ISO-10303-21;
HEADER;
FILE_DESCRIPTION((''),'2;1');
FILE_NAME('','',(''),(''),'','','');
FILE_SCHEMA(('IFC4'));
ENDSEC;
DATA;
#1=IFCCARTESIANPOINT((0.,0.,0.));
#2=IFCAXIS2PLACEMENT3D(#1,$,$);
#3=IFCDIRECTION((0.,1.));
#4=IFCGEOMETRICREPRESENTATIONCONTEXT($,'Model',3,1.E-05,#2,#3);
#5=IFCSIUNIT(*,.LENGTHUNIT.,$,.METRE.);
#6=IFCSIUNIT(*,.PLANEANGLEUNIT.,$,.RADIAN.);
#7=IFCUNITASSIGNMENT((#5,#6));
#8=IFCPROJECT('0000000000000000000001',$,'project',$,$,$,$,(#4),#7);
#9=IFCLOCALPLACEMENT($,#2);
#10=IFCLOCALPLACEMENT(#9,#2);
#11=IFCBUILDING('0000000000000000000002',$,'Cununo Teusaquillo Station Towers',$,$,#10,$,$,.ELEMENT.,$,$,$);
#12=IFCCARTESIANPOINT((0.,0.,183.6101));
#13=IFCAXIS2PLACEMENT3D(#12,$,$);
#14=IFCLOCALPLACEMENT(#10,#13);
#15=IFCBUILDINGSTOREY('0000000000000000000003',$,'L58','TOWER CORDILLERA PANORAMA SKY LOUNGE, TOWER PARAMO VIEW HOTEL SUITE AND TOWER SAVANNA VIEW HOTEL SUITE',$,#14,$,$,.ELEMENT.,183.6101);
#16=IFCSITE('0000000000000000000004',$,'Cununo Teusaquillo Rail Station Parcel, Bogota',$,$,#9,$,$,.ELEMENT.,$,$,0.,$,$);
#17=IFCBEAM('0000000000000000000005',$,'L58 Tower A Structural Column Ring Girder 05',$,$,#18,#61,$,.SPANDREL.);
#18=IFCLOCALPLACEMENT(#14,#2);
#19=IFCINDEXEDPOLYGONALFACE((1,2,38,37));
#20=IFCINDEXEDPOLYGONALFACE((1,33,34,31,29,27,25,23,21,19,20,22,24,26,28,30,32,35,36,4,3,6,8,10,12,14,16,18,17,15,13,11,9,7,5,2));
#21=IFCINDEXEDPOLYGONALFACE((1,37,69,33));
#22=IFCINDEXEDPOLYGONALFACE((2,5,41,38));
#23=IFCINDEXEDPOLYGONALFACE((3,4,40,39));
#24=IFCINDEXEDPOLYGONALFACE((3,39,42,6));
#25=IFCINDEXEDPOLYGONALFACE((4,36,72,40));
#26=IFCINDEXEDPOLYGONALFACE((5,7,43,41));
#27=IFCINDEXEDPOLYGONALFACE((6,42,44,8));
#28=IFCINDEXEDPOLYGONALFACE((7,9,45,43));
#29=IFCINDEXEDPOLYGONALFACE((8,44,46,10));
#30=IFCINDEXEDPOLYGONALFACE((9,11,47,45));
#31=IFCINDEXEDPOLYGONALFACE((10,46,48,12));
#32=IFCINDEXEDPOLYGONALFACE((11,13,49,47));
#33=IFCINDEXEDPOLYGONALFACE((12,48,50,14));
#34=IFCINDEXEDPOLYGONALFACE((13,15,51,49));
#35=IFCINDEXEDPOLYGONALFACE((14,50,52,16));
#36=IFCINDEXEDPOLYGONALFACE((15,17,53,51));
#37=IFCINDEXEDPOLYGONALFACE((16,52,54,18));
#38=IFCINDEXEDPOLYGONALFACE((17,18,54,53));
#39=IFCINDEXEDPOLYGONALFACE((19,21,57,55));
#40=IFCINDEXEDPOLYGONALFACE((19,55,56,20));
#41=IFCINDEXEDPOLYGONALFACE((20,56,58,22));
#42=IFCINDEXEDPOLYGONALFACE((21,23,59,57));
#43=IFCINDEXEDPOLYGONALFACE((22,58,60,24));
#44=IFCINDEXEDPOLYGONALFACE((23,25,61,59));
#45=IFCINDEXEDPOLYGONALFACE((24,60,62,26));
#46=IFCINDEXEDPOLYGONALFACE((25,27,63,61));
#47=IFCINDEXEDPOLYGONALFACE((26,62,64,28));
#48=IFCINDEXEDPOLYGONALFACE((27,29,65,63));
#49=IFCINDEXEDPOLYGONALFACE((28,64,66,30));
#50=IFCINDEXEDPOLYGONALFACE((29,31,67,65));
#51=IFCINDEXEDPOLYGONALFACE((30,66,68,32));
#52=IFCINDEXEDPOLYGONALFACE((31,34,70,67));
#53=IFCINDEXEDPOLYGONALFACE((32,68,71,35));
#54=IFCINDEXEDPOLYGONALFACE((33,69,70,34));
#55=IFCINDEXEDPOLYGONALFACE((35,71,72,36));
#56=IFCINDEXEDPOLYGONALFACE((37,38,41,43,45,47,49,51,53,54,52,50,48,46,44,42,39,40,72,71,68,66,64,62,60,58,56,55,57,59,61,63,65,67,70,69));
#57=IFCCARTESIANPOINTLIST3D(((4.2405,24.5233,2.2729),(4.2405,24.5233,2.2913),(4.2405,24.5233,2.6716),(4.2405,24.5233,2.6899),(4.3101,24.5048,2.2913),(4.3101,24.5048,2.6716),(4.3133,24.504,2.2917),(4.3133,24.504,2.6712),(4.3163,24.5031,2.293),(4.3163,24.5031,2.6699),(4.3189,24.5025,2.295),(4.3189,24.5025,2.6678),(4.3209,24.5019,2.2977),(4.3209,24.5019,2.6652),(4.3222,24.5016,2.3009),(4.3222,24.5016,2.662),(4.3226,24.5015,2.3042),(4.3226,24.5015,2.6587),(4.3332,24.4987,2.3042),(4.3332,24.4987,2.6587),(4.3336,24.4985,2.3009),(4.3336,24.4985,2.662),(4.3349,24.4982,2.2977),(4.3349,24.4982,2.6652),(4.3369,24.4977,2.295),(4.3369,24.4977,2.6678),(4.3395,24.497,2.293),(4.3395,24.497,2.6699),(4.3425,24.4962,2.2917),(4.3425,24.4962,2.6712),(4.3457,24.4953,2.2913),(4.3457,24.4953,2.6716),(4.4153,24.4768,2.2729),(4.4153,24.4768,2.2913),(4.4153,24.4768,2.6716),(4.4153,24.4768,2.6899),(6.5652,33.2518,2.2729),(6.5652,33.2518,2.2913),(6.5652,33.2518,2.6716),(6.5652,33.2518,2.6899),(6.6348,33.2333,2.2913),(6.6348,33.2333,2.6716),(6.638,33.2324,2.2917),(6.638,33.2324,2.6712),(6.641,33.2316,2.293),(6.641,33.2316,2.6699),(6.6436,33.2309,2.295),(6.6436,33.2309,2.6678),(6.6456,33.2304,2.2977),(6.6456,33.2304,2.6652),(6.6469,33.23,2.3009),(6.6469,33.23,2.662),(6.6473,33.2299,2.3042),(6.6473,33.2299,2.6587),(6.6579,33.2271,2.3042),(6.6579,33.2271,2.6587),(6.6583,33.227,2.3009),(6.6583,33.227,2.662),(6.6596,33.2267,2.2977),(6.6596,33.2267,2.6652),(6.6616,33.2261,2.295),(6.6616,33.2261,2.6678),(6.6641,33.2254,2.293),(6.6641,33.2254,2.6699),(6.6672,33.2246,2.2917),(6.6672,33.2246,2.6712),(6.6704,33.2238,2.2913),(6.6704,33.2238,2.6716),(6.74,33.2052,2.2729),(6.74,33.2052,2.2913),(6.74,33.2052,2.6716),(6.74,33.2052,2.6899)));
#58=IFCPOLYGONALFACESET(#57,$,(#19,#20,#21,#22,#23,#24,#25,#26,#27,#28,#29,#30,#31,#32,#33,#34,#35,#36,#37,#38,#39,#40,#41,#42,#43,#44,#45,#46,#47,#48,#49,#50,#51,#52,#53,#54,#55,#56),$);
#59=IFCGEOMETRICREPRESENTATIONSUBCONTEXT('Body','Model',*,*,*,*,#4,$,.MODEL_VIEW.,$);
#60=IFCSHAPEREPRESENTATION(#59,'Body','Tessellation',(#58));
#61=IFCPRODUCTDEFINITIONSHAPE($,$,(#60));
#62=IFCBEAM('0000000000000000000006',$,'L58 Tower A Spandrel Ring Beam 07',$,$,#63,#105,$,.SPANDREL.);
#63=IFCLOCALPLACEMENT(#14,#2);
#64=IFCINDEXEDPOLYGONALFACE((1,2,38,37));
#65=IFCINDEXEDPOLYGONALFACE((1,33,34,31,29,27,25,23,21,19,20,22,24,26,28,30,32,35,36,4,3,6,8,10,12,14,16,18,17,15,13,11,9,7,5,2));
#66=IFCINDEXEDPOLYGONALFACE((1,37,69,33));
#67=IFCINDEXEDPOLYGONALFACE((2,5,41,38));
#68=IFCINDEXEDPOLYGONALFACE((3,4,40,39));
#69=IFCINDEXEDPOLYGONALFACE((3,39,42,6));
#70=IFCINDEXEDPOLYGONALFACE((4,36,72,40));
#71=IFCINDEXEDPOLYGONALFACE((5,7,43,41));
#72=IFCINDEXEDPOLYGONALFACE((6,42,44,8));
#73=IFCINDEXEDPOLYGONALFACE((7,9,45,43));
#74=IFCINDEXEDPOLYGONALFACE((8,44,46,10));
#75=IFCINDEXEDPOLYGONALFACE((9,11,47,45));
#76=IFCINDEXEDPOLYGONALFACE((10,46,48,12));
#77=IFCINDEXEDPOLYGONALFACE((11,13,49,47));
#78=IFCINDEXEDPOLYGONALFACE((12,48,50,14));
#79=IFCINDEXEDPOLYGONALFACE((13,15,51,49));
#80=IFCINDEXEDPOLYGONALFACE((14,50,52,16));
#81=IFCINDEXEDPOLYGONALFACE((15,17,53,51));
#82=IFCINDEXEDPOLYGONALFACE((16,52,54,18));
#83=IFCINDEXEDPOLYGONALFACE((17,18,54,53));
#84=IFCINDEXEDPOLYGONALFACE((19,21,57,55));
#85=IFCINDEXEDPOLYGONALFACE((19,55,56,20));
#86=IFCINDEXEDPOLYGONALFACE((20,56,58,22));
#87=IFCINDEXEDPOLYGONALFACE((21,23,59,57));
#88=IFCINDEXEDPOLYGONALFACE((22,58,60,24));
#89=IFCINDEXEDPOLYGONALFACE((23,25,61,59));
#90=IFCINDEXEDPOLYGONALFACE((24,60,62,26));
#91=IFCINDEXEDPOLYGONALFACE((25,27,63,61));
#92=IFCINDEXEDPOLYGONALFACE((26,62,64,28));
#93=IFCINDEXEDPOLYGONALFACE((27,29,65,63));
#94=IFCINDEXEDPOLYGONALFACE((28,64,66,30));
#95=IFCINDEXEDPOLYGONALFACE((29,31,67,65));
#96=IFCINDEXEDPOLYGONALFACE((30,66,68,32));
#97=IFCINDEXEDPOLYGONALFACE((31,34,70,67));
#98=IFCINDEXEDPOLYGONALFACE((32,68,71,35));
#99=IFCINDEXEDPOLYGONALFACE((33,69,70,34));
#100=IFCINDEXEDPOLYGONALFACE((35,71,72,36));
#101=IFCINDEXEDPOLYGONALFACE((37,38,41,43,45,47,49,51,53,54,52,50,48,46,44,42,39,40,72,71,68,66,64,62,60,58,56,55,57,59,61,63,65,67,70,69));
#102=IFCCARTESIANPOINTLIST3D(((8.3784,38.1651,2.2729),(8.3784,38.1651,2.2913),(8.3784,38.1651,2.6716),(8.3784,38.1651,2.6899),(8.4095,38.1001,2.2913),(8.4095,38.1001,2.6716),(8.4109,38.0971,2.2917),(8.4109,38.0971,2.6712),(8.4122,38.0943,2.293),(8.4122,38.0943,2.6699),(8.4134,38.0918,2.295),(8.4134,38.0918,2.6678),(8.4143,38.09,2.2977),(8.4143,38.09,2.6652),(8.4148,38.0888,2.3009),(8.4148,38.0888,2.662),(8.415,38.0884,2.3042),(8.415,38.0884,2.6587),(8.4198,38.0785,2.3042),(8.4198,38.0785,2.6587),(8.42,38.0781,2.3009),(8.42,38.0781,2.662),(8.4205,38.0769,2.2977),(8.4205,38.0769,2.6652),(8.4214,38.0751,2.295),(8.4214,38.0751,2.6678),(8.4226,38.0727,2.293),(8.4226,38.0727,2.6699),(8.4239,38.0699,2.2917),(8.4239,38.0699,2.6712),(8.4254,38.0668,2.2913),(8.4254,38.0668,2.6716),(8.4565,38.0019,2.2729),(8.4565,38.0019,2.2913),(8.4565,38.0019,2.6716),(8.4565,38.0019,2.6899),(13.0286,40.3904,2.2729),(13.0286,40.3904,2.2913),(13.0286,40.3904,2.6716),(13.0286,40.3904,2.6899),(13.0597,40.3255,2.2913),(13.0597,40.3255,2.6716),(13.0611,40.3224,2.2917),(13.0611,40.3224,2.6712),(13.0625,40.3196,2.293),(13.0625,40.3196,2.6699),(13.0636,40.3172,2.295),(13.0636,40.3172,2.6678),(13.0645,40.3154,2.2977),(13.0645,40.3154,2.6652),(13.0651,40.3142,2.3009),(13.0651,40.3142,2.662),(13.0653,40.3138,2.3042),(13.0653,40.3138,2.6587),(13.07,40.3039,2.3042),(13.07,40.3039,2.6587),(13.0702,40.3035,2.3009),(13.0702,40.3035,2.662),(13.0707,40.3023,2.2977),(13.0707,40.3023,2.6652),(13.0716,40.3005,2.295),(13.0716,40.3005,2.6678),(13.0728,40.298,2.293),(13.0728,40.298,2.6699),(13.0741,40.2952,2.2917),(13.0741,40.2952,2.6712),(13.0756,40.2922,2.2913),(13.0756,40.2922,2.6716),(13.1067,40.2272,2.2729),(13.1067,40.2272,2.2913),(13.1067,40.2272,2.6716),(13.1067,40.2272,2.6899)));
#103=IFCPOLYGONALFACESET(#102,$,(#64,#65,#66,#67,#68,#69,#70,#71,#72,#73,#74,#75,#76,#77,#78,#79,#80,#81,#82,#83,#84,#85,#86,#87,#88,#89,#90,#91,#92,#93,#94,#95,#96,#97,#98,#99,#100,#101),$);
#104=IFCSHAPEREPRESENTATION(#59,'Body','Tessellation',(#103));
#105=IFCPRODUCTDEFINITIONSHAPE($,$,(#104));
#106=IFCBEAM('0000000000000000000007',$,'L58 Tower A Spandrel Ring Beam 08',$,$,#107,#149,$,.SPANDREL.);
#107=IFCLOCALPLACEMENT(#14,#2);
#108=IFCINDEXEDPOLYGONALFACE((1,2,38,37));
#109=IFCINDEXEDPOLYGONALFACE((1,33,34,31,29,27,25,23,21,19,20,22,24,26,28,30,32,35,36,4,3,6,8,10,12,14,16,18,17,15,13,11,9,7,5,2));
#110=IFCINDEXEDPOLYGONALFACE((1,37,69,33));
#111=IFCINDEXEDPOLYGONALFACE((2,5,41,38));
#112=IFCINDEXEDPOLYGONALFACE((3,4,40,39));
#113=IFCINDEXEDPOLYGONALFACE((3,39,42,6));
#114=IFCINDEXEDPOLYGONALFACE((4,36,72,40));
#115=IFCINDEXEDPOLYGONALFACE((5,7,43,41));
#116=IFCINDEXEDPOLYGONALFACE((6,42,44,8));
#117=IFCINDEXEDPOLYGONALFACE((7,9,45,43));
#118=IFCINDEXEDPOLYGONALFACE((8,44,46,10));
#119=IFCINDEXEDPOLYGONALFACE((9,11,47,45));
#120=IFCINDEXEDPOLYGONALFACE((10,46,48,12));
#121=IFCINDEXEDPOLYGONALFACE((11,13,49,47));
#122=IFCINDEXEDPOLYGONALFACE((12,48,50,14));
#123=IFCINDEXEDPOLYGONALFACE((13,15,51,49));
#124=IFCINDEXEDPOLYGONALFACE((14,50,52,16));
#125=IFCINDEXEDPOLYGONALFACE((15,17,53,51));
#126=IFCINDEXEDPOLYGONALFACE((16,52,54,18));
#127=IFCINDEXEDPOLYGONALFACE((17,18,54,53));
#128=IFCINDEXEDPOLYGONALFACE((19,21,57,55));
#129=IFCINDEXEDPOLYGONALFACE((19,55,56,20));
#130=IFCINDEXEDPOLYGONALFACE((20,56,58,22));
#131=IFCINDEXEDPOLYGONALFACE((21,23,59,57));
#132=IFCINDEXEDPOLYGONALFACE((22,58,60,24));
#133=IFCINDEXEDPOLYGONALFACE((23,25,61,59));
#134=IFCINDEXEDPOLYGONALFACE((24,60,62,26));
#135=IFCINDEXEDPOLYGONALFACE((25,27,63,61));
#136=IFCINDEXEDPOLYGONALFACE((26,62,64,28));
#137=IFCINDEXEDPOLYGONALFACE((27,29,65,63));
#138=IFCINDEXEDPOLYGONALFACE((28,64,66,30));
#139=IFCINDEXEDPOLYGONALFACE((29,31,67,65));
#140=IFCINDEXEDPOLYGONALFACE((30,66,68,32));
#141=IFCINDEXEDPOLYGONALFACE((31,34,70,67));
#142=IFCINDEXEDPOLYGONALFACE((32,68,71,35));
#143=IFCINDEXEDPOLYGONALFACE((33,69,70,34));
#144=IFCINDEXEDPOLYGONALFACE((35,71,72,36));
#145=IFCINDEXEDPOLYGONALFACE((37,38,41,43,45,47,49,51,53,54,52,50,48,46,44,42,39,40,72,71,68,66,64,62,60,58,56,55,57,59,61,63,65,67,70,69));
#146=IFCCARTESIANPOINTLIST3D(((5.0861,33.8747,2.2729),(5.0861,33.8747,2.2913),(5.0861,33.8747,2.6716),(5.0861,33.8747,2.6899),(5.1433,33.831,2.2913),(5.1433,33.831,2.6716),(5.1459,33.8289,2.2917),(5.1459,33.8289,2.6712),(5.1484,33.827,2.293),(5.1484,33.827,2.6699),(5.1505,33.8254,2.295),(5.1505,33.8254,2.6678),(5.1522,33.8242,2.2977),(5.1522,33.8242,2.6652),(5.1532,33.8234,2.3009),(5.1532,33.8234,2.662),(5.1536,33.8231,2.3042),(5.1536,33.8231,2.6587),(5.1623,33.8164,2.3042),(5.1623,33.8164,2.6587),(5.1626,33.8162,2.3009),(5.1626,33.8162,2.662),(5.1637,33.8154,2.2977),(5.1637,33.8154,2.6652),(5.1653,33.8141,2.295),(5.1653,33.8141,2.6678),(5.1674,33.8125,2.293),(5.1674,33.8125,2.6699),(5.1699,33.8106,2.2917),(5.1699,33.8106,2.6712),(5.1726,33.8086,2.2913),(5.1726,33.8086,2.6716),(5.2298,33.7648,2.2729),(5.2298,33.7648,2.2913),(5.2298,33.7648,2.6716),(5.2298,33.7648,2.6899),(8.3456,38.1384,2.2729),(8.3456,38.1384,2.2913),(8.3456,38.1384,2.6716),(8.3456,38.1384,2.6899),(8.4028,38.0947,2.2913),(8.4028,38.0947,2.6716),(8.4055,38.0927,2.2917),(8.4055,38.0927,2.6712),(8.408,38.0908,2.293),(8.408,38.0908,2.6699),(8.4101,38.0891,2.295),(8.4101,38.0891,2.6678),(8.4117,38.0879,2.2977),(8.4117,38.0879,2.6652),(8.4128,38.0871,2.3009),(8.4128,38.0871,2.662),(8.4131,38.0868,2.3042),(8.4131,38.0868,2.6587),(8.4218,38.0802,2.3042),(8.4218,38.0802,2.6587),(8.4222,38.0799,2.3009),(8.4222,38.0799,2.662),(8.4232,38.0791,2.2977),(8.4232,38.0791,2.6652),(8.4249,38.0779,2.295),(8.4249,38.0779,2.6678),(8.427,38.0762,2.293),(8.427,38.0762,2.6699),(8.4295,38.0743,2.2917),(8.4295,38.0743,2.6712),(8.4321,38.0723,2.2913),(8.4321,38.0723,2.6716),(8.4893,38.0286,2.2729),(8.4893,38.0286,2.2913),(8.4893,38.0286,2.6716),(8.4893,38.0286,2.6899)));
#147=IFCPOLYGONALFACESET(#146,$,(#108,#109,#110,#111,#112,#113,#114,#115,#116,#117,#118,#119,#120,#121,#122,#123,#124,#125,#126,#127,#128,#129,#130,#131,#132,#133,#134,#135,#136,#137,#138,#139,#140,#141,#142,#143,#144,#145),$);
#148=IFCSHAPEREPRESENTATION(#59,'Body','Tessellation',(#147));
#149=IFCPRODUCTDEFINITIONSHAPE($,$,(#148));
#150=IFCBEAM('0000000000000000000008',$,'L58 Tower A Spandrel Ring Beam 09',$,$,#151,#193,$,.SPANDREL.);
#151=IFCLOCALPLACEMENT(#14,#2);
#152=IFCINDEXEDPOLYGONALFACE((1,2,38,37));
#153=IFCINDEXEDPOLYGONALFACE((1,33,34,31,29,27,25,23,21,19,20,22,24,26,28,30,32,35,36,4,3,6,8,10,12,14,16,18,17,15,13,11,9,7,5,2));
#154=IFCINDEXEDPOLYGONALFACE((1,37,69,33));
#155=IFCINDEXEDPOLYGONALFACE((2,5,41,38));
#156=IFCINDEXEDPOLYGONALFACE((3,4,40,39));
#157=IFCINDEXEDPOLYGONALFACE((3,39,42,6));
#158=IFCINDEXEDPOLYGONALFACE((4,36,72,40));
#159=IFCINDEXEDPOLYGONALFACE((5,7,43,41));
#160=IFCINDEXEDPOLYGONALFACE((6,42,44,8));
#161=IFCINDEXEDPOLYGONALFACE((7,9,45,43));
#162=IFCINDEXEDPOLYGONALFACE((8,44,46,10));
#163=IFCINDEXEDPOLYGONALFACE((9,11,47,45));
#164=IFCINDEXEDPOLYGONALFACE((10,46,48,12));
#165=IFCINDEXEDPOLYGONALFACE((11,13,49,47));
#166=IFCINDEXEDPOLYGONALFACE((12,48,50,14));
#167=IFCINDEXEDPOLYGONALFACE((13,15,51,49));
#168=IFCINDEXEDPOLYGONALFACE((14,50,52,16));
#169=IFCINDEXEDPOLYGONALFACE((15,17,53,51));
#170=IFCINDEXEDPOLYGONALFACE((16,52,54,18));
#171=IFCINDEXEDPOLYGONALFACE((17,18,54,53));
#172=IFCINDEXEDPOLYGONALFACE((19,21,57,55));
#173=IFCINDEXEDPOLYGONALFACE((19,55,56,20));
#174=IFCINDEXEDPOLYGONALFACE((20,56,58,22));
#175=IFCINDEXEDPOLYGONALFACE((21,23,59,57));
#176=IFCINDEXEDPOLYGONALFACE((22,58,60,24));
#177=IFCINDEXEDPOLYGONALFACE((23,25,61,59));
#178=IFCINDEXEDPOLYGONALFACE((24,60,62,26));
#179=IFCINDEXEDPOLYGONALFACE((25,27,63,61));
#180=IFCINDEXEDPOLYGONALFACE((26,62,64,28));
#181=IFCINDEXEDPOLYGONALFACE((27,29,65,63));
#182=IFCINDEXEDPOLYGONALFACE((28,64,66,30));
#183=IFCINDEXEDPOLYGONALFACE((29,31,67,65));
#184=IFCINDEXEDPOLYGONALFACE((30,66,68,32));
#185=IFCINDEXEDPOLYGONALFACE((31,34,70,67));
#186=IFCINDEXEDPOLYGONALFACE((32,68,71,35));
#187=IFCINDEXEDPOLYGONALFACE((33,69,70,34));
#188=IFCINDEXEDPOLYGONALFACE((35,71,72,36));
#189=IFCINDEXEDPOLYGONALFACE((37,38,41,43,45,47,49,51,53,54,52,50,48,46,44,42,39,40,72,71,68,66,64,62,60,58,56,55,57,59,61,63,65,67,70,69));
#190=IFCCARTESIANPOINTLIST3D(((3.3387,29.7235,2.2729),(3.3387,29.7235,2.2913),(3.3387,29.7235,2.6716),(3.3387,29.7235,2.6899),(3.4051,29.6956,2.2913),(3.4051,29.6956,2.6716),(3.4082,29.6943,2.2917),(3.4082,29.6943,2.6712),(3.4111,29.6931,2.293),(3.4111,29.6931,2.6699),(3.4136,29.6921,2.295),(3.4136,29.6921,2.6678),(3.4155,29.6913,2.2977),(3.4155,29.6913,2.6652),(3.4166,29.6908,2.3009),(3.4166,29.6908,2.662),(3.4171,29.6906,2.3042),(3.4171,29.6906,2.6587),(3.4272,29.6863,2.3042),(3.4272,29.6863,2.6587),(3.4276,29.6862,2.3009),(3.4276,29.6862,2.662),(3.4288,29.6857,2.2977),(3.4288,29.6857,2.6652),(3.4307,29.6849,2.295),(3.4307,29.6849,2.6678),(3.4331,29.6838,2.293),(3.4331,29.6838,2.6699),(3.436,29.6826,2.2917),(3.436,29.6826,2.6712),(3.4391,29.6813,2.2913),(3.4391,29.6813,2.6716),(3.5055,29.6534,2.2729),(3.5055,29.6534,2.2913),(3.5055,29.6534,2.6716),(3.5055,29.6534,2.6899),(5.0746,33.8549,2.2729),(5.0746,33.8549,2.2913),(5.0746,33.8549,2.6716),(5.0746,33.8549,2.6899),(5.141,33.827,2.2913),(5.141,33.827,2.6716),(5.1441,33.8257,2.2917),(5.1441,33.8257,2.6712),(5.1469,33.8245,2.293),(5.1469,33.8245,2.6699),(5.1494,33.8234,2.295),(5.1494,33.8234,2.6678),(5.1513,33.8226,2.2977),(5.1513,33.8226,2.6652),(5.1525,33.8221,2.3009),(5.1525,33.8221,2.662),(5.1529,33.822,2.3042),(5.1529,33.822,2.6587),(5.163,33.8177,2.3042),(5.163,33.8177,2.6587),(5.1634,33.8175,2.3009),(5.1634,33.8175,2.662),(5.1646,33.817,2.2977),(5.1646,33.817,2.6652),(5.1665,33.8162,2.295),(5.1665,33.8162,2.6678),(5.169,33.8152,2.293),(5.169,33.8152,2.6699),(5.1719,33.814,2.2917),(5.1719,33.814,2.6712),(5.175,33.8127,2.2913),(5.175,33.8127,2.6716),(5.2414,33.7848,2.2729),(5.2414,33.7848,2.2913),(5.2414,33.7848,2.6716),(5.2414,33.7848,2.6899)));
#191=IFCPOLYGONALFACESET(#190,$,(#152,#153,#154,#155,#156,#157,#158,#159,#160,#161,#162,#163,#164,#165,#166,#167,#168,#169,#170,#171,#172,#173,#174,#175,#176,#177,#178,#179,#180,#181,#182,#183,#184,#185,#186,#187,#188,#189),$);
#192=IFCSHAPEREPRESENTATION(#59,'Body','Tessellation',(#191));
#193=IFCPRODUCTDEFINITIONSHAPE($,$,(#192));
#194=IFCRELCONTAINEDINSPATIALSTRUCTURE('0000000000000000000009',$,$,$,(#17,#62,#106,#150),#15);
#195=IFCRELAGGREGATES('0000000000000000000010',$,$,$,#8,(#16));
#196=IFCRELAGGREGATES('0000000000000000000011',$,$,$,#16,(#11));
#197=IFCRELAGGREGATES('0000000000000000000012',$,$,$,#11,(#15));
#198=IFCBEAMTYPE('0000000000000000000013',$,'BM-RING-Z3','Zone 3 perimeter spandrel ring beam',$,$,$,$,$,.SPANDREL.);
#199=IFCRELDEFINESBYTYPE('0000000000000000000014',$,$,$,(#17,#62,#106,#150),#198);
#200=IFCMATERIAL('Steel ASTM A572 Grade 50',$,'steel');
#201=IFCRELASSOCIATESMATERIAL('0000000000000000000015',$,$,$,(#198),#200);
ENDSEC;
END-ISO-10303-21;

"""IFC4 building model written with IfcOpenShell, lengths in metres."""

from ifc_helpers import new_model, si_unit, direction, frame, origin, origin_2d, place, context, subcontext, project, spatial, i_section, extrude, material, material_profile, profile_set, type_object, element, save


model = new_model("IFC4")

# Units and contexts
model_context = context("Model", 3, precision=1e-05, world=origin(), true_north=direction((0.0, 1.0)))
body_context = subcontext(model_context, "Body", "Model", "MODEL_VIEW")
ifc_project = project(units=[si_unit("LENGTHUNIT", "METRE"), si_unit("PLANEANGLEUNIT", "RADIAN")], contexts=[model_context])

# Site, building, storey
site_placement = place(None, origin())
site = spatial("IfcSite", under=ifc_project, at=site_placement, Name="Cununo Teusaquillo Rail Station Parcel, Bogota", CompositionType="ELEMENT", RefElevation=0.0)
building_placement = place(site_placement, origin())
building = spatial("IfcBuilding", under=site, at=building_placement, Name="Cununo Teusaquillo Station Towers", CompositionType="ELEMENT")
storey_placement = place(building_placement, frame((0.0, 0.0, 183.6101)))
storey = spatial("IfcBuildingStorey", under=building, at=storey_placement, Name="L58", Description="TOWER CORDILLERA PANORAMA SKY LOUNGE, TOWER PARAMO VIEW HOTEL SUITE AND TOWER SAVANNA VIEW HOTEL SUITE", CompositionType="ELEMENT", Elevation=183.6101)

# Beams
ifc_material_1 = material(Name="Steel ASTM A572 Grade 50", Category="steel")
ifc_material_profile_1 = material_profile(ifc_material_1, i_section(OverallWidth=0.1809, OverallDepth=0.417, WebThickness=0.011, FlangeThickness=0.0183, FilletRadius=0.0129, at=origin_2d()), Name="W16X57")
ifc_profile_set_1 = profile_set([ifc_material_profile_1], Name="Steel ASTM A572 Grade 50")
beam_type_1 = type_object("IfcBeamType", Name="BM-RING-Z3", Description="Zone 3 perimeter spandrel ring beam", PredefinedType="SPANDREL", material=ifc_profile_set_1)
beam_1_placement = place(storey_placement, frame((6.6526, 33.2285, 2.4814), z_axis=(-0.257363, -0.966315, 0.0), x_axis=(0.966315, -0.257363, 0.0)))
element("IfcBeam", 1, at=beam_1_placement, inside=storey, type_object=beam_type_1, Name="L58 Tower A Structural Column Ring Girder 05", PredefinedType="SPANDREL", context=body_context, shape_type="SweptSolid", body=[
    extrude(i_section(OverallWidth=0.1809, OverallDepth=0.417, WebThickness=0.011, FlangeThickness=0.0183, FilletRadius=0.0129, at=origin_2d()), origin(), (0.0, 0.0, 1.0), 9.0327),
])
beam_2_placement = place(storey_placement, frame((13.0676, 40.3088, 2.4814), z_axis=(-0.902032, -0.43167, 0.0), x_axis=(0.43167, -0.902032, 0.0)))
element("IfcBeam", 2, at=beam_2_placement, inside=storey, type_object=beam_type_1, Name="L58 Tower A Spandrel Ring Beam 07", PredefinedType="SPANDREL", context=body_context, shape_type="SweptSolid", body=[
    extrude(i_section(OverallWidth=0.1809, OverallDepth=0.417, WebThickness=0.011, FlangeThickness=0.0183, FilletRadius=0.0129, at=origin_2d()), origin(), (0.0, 0.0, 1.0), 5.1553),
])
beam_3_placement = place(storey_placement, frame((8.4175, 38.0835, 2.4814), z_axis=(-0.60734, -0.794442, 0.0), x_axis=(0.794442, -0.60734, 0.0)))
element("IfcBeam", 3, at=beam_3_placement, inside=storey, type_object=beam_type_1, Name="L58 Tower A Spandrel Ring Beam 08", PredefinedType="SPANDREL", context=body_context, shape_type="SweptSolid", body=[
    extrude(i_section(OverallWidth=0.1809, OverallDepth=0.417, WebThickness=0.011, FlangeThickness=0.0183, FilletRadius=0.0129, at=origin_2d()), origin(), (0.0, 0.0, 1.0), 5.3669),
])
beam_4_placement = place(storey_placement, frame((5.158, 33.8198, 2.4814), z_axis=(-0.38736, -0.921928, 0.0), x_axis=(0.921928, -0.38736, 0.0)))
element("IfcBeam", 4, at=beam_4_placement, inside=storey, type_object=beam_type_1, Name="L58 Tower A Spandrel Ring Beam 09", PredefinedType="SPANDREL", context=body_context, shape_type="SweptSolid", body=[
    extrude(i_section(OverallWidth=0.1809, OverallDepth=0.417, WebThickness=0.011, FlangeThickness=0.0183, FilletRadius=0.0129, at=origin_2d()), origin(), (0.0, 0.0, 1.0), 4.4812),
])

save(model, "model.ifc")
